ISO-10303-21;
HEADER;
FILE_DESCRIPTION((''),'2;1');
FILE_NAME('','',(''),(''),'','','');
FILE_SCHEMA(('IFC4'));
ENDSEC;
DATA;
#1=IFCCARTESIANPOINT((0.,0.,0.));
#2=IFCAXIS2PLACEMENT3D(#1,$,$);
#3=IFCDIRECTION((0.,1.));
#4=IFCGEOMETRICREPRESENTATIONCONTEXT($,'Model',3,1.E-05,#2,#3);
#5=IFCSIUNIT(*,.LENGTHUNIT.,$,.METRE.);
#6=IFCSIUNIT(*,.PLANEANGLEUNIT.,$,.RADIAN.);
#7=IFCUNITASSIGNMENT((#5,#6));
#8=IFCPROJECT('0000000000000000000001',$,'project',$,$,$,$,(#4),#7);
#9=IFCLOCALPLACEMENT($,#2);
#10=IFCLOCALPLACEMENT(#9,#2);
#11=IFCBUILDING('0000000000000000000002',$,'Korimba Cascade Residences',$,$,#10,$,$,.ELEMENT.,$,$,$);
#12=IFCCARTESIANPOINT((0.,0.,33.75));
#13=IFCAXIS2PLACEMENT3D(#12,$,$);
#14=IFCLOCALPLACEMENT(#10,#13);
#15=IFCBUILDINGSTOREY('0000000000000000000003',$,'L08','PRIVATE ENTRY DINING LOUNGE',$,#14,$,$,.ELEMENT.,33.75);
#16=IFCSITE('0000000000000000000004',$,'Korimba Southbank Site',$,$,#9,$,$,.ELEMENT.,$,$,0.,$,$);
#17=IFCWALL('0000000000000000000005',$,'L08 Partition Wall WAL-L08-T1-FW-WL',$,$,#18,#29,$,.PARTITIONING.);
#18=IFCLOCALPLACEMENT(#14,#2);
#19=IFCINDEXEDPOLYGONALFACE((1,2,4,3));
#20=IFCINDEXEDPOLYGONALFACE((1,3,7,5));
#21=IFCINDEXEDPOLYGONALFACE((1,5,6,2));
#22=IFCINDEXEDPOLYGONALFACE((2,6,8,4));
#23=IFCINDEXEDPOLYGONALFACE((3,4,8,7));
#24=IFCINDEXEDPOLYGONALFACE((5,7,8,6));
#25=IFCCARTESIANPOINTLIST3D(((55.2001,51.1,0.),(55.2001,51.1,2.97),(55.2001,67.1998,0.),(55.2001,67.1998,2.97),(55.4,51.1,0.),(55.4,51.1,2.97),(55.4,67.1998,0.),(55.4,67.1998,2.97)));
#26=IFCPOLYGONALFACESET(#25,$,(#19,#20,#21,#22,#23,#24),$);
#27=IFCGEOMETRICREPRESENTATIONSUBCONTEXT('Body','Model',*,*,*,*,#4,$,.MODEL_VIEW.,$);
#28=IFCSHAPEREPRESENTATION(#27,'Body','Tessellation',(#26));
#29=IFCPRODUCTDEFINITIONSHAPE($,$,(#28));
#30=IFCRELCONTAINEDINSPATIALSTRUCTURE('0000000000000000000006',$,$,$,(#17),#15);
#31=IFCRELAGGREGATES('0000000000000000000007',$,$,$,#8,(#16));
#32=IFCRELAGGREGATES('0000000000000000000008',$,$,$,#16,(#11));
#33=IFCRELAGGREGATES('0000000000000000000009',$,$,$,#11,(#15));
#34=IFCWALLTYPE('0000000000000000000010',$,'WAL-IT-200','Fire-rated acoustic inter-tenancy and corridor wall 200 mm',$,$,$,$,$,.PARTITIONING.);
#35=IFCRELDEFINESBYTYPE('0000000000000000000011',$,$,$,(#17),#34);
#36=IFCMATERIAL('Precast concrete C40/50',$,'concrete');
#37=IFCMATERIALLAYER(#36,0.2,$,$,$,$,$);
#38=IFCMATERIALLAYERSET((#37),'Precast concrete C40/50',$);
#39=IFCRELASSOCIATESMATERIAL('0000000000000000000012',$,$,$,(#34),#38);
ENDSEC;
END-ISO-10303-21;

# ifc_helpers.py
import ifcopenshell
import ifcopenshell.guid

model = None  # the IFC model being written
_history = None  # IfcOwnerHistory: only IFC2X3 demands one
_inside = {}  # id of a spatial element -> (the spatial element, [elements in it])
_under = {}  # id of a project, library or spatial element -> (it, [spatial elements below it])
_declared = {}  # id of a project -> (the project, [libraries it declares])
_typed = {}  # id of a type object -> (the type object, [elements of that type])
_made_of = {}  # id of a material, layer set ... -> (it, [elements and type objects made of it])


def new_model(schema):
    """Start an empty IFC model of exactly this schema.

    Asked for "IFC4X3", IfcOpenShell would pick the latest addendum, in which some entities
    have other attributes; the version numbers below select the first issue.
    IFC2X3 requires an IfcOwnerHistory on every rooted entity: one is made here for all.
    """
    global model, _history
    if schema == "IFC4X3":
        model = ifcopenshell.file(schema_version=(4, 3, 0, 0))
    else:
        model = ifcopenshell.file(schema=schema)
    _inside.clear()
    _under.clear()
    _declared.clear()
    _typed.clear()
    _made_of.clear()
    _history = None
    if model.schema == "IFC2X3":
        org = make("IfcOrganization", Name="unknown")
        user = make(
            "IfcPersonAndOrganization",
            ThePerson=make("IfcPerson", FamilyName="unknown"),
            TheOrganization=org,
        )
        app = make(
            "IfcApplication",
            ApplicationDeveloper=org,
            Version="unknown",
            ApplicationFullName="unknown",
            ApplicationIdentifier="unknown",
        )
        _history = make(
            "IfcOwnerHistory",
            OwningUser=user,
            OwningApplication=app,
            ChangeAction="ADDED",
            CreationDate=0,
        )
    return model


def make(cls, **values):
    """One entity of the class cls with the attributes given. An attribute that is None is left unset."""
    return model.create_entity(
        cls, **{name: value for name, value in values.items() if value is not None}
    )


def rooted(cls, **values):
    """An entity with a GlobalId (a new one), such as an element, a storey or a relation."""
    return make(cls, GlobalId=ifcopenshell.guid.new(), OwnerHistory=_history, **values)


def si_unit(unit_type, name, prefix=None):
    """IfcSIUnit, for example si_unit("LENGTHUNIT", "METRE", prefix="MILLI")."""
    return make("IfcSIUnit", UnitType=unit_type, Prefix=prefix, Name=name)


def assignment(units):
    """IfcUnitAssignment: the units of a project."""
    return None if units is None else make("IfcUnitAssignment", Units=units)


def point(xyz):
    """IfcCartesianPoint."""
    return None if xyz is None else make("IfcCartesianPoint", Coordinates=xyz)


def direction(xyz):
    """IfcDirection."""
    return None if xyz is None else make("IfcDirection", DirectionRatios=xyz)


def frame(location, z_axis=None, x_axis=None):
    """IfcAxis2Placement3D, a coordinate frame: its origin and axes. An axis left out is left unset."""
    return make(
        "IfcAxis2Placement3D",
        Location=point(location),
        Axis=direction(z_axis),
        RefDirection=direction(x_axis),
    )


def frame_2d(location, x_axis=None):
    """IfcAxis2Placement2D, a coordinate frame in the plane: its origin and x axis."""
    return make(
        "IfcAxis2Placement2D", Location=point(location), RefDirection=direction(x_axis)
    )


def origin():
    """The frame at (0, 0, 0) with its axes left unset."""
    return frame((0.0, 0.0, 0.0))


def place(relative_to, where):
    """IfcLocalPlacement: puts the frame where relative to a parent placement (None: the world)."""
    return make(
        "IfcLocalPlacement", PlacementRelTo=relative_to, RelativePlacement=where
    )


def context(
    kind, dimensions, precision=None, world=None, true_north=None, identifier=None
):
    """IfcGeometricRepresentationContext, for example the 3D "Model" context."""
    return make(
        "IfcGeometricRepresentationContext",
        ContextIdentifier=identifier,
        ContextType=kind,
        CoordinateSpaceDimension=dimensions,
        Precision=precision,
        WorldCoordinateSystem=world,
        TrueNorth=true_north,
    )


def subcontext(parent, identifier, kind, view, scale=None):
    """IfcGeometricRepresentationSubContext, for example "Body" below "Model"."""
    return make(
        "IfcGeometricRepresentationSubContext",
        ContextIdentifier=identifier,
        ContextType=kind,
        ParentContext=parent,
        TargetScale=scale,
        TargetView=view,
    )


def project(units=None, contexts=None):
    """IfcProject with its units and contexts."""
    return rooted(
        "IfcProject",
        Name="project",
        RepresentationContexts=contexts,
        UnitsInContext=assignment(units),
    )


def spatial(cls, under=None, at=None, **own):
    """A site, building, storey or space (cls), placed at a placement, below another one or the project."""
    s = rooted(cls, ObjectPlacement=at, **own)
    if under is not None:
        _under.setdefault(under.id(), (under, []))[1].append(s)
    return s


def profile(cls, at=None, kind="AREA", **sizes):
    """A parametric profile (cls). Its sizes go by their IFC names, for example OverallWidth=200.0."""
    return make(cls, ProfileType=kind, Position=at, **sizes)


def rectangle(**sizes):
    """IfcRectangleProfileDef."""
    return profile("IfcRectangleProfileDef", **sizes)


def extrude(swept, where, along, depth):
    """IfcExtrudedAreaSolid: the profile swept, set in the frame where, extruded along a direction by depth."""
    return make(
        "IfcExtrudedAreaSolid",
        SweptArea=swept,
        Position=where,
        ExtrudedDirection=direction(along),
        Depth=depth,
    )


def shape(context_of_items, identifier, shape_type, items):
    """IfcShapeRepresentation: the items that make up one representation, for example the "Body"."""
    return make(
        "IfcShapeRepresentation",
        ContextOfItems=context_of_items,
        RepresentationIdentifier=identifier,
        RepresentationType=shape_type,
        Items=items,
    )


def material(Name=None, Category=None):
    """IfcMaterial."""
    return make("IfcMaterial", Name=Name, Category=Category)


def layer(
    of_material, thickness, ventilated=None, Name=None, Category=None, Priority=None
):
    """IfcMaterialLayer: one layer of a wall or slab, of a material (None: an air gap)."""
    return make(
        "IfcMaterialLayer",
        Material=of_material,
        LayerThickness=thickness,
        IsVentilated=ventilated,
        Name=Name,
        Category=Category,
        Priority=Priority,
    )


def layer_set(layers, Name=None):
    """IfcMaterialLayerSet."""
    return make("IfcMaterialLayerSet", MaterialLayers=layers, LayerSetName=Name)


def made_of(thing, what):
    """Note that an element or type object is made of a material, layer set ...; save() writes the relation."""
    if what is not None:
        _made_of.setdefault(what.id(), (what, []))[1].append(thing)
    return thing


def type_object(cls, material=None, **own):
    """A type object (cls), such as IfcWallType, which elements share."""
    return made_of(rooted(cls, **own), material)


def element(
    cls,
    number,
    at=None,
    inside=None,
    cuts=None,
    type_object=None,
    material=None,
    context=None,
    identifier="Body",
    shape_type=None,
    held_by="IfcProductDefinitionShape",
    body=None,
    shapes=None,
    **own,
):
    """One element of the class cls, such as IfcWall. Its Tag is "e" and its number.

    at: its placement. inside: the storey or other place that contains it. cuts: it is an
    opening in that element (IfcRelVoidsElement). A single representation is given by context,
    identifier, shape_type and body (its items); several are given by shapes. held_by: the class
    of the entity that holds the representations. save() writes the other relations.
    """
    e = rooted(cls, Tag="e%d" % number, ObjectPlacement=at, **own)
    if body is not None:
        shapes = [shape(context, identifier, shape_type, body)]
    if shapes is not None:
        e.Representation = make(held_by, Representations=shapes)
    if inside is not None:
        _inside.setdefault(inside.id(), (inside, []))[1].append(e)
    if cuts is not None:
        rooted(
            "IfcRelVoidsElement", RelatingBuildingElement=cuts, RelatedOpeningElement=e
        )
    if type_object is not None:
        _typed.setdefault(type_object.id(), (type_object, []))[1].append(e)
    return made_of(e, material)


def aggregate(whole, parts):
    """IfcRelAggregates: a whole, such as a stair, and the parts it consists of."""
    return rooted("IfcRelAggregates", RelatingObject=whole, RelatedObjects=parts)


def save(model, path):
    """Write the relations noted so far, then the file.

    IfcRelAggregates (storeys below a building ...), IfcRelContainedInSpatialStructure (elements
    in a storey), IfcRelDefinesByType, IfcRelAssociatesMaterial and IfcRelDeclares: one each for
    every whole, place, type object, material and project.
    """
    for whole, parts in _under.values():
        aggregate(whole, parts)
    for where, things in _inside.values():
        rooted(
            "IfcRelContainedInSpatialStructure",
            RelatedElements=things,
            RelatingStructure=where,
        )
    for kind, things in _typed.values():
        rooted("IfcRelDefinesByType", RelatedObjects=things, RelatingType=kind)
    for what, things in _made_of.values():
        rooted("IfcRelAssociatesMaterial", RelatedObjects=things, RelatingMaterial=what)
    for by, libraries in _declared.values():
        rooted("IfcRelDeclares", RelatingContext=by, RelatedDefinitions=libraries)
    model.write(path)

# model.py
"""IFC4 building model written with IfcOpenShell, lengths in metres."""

from ifc_helpers import new_model, si_unit, direction, frame, frame_2d, origin, place, context, subcontext, project, spatial, rectangle, extrude, material, layer, layer_set, type_object, element, save


model = new_model("IFC4")

# Units and contexts
model_context = context("Model", 3, precision=1e-05, world=origin(), true_north=direction((0.0, 1.0)))
body_context = subcontext(model_context, "Body", "Model", "MODEL_VIEW")
ifc_project = project(units=[si_unit("LENGTHUNIT", "METRE"), si_unit("PLANEANGLEUNIT", "RADIAN")], contexts=[model_context])

# Site, building, storey
site_placement = place(None, origin())
site = spatial("IfcSite", under=ifc_project, at=site_placement, Name="Korimba Southbank Site", CompositionType="ELEMENT", RefElevation=0.0)
building_placement = place(site_placement, origin())
building = spatial("IfcBuilding", under=site, at=building_placement, Name="Korimba Cascade Residences", CompositionType="ELEMENT")
storey_placement = place(building_placement, frame((0.0, 0.0, 33.75)))
storey = spatial("IfcBuildingStorey", under=building, at=storey_placement, Name="L08", Description="PRIVATE ENTRY DINING LOUNGE", CompositionType="ELEMENT", Elevation=33.75)

# Shared definitions
ifc_material_1 = material(Name="Precast concrete C40/50", Category="concrete")

# Wall
ifc_layer_1 = layer(ifc_material_1, 0.2)
ifc_layer_set_1 = layer_set([ifc_layer_1], Name="Precast concrete C40/50")
wall_type_1 = type_object("IfcWallType", Name="WAL-IT-200", Description="Fire-rated acoustic inter-tenancy and corridor wall 200 mm", PredefinedType="PARTITIONING", material=ifc_layer_set_1)
wall_1_placement = place(storey_placement, frame((55.3, 51.1001, 0.0), z_axis=(0.0, 0.0, 1.0), x_axis=(0.0, 1.0, 0.0)))
element("IfcWall", 1, at=wall_1_placement, inside=storey, type_object=wall_type_1, Name="L08 Partition Wall WAL-L08-T1-FW-WL", PredefinedType="PARTITIONING", context=body_context, shape_type="SweptSolid", body=[
    extrude(rectangle(XDim=16.0999, YDim=0.2, at=frame_2d((8.0498, 0.0))), origin(), (0.0, 0.0, 1.0), 2.97),
])

save(model, "model.ifc")
